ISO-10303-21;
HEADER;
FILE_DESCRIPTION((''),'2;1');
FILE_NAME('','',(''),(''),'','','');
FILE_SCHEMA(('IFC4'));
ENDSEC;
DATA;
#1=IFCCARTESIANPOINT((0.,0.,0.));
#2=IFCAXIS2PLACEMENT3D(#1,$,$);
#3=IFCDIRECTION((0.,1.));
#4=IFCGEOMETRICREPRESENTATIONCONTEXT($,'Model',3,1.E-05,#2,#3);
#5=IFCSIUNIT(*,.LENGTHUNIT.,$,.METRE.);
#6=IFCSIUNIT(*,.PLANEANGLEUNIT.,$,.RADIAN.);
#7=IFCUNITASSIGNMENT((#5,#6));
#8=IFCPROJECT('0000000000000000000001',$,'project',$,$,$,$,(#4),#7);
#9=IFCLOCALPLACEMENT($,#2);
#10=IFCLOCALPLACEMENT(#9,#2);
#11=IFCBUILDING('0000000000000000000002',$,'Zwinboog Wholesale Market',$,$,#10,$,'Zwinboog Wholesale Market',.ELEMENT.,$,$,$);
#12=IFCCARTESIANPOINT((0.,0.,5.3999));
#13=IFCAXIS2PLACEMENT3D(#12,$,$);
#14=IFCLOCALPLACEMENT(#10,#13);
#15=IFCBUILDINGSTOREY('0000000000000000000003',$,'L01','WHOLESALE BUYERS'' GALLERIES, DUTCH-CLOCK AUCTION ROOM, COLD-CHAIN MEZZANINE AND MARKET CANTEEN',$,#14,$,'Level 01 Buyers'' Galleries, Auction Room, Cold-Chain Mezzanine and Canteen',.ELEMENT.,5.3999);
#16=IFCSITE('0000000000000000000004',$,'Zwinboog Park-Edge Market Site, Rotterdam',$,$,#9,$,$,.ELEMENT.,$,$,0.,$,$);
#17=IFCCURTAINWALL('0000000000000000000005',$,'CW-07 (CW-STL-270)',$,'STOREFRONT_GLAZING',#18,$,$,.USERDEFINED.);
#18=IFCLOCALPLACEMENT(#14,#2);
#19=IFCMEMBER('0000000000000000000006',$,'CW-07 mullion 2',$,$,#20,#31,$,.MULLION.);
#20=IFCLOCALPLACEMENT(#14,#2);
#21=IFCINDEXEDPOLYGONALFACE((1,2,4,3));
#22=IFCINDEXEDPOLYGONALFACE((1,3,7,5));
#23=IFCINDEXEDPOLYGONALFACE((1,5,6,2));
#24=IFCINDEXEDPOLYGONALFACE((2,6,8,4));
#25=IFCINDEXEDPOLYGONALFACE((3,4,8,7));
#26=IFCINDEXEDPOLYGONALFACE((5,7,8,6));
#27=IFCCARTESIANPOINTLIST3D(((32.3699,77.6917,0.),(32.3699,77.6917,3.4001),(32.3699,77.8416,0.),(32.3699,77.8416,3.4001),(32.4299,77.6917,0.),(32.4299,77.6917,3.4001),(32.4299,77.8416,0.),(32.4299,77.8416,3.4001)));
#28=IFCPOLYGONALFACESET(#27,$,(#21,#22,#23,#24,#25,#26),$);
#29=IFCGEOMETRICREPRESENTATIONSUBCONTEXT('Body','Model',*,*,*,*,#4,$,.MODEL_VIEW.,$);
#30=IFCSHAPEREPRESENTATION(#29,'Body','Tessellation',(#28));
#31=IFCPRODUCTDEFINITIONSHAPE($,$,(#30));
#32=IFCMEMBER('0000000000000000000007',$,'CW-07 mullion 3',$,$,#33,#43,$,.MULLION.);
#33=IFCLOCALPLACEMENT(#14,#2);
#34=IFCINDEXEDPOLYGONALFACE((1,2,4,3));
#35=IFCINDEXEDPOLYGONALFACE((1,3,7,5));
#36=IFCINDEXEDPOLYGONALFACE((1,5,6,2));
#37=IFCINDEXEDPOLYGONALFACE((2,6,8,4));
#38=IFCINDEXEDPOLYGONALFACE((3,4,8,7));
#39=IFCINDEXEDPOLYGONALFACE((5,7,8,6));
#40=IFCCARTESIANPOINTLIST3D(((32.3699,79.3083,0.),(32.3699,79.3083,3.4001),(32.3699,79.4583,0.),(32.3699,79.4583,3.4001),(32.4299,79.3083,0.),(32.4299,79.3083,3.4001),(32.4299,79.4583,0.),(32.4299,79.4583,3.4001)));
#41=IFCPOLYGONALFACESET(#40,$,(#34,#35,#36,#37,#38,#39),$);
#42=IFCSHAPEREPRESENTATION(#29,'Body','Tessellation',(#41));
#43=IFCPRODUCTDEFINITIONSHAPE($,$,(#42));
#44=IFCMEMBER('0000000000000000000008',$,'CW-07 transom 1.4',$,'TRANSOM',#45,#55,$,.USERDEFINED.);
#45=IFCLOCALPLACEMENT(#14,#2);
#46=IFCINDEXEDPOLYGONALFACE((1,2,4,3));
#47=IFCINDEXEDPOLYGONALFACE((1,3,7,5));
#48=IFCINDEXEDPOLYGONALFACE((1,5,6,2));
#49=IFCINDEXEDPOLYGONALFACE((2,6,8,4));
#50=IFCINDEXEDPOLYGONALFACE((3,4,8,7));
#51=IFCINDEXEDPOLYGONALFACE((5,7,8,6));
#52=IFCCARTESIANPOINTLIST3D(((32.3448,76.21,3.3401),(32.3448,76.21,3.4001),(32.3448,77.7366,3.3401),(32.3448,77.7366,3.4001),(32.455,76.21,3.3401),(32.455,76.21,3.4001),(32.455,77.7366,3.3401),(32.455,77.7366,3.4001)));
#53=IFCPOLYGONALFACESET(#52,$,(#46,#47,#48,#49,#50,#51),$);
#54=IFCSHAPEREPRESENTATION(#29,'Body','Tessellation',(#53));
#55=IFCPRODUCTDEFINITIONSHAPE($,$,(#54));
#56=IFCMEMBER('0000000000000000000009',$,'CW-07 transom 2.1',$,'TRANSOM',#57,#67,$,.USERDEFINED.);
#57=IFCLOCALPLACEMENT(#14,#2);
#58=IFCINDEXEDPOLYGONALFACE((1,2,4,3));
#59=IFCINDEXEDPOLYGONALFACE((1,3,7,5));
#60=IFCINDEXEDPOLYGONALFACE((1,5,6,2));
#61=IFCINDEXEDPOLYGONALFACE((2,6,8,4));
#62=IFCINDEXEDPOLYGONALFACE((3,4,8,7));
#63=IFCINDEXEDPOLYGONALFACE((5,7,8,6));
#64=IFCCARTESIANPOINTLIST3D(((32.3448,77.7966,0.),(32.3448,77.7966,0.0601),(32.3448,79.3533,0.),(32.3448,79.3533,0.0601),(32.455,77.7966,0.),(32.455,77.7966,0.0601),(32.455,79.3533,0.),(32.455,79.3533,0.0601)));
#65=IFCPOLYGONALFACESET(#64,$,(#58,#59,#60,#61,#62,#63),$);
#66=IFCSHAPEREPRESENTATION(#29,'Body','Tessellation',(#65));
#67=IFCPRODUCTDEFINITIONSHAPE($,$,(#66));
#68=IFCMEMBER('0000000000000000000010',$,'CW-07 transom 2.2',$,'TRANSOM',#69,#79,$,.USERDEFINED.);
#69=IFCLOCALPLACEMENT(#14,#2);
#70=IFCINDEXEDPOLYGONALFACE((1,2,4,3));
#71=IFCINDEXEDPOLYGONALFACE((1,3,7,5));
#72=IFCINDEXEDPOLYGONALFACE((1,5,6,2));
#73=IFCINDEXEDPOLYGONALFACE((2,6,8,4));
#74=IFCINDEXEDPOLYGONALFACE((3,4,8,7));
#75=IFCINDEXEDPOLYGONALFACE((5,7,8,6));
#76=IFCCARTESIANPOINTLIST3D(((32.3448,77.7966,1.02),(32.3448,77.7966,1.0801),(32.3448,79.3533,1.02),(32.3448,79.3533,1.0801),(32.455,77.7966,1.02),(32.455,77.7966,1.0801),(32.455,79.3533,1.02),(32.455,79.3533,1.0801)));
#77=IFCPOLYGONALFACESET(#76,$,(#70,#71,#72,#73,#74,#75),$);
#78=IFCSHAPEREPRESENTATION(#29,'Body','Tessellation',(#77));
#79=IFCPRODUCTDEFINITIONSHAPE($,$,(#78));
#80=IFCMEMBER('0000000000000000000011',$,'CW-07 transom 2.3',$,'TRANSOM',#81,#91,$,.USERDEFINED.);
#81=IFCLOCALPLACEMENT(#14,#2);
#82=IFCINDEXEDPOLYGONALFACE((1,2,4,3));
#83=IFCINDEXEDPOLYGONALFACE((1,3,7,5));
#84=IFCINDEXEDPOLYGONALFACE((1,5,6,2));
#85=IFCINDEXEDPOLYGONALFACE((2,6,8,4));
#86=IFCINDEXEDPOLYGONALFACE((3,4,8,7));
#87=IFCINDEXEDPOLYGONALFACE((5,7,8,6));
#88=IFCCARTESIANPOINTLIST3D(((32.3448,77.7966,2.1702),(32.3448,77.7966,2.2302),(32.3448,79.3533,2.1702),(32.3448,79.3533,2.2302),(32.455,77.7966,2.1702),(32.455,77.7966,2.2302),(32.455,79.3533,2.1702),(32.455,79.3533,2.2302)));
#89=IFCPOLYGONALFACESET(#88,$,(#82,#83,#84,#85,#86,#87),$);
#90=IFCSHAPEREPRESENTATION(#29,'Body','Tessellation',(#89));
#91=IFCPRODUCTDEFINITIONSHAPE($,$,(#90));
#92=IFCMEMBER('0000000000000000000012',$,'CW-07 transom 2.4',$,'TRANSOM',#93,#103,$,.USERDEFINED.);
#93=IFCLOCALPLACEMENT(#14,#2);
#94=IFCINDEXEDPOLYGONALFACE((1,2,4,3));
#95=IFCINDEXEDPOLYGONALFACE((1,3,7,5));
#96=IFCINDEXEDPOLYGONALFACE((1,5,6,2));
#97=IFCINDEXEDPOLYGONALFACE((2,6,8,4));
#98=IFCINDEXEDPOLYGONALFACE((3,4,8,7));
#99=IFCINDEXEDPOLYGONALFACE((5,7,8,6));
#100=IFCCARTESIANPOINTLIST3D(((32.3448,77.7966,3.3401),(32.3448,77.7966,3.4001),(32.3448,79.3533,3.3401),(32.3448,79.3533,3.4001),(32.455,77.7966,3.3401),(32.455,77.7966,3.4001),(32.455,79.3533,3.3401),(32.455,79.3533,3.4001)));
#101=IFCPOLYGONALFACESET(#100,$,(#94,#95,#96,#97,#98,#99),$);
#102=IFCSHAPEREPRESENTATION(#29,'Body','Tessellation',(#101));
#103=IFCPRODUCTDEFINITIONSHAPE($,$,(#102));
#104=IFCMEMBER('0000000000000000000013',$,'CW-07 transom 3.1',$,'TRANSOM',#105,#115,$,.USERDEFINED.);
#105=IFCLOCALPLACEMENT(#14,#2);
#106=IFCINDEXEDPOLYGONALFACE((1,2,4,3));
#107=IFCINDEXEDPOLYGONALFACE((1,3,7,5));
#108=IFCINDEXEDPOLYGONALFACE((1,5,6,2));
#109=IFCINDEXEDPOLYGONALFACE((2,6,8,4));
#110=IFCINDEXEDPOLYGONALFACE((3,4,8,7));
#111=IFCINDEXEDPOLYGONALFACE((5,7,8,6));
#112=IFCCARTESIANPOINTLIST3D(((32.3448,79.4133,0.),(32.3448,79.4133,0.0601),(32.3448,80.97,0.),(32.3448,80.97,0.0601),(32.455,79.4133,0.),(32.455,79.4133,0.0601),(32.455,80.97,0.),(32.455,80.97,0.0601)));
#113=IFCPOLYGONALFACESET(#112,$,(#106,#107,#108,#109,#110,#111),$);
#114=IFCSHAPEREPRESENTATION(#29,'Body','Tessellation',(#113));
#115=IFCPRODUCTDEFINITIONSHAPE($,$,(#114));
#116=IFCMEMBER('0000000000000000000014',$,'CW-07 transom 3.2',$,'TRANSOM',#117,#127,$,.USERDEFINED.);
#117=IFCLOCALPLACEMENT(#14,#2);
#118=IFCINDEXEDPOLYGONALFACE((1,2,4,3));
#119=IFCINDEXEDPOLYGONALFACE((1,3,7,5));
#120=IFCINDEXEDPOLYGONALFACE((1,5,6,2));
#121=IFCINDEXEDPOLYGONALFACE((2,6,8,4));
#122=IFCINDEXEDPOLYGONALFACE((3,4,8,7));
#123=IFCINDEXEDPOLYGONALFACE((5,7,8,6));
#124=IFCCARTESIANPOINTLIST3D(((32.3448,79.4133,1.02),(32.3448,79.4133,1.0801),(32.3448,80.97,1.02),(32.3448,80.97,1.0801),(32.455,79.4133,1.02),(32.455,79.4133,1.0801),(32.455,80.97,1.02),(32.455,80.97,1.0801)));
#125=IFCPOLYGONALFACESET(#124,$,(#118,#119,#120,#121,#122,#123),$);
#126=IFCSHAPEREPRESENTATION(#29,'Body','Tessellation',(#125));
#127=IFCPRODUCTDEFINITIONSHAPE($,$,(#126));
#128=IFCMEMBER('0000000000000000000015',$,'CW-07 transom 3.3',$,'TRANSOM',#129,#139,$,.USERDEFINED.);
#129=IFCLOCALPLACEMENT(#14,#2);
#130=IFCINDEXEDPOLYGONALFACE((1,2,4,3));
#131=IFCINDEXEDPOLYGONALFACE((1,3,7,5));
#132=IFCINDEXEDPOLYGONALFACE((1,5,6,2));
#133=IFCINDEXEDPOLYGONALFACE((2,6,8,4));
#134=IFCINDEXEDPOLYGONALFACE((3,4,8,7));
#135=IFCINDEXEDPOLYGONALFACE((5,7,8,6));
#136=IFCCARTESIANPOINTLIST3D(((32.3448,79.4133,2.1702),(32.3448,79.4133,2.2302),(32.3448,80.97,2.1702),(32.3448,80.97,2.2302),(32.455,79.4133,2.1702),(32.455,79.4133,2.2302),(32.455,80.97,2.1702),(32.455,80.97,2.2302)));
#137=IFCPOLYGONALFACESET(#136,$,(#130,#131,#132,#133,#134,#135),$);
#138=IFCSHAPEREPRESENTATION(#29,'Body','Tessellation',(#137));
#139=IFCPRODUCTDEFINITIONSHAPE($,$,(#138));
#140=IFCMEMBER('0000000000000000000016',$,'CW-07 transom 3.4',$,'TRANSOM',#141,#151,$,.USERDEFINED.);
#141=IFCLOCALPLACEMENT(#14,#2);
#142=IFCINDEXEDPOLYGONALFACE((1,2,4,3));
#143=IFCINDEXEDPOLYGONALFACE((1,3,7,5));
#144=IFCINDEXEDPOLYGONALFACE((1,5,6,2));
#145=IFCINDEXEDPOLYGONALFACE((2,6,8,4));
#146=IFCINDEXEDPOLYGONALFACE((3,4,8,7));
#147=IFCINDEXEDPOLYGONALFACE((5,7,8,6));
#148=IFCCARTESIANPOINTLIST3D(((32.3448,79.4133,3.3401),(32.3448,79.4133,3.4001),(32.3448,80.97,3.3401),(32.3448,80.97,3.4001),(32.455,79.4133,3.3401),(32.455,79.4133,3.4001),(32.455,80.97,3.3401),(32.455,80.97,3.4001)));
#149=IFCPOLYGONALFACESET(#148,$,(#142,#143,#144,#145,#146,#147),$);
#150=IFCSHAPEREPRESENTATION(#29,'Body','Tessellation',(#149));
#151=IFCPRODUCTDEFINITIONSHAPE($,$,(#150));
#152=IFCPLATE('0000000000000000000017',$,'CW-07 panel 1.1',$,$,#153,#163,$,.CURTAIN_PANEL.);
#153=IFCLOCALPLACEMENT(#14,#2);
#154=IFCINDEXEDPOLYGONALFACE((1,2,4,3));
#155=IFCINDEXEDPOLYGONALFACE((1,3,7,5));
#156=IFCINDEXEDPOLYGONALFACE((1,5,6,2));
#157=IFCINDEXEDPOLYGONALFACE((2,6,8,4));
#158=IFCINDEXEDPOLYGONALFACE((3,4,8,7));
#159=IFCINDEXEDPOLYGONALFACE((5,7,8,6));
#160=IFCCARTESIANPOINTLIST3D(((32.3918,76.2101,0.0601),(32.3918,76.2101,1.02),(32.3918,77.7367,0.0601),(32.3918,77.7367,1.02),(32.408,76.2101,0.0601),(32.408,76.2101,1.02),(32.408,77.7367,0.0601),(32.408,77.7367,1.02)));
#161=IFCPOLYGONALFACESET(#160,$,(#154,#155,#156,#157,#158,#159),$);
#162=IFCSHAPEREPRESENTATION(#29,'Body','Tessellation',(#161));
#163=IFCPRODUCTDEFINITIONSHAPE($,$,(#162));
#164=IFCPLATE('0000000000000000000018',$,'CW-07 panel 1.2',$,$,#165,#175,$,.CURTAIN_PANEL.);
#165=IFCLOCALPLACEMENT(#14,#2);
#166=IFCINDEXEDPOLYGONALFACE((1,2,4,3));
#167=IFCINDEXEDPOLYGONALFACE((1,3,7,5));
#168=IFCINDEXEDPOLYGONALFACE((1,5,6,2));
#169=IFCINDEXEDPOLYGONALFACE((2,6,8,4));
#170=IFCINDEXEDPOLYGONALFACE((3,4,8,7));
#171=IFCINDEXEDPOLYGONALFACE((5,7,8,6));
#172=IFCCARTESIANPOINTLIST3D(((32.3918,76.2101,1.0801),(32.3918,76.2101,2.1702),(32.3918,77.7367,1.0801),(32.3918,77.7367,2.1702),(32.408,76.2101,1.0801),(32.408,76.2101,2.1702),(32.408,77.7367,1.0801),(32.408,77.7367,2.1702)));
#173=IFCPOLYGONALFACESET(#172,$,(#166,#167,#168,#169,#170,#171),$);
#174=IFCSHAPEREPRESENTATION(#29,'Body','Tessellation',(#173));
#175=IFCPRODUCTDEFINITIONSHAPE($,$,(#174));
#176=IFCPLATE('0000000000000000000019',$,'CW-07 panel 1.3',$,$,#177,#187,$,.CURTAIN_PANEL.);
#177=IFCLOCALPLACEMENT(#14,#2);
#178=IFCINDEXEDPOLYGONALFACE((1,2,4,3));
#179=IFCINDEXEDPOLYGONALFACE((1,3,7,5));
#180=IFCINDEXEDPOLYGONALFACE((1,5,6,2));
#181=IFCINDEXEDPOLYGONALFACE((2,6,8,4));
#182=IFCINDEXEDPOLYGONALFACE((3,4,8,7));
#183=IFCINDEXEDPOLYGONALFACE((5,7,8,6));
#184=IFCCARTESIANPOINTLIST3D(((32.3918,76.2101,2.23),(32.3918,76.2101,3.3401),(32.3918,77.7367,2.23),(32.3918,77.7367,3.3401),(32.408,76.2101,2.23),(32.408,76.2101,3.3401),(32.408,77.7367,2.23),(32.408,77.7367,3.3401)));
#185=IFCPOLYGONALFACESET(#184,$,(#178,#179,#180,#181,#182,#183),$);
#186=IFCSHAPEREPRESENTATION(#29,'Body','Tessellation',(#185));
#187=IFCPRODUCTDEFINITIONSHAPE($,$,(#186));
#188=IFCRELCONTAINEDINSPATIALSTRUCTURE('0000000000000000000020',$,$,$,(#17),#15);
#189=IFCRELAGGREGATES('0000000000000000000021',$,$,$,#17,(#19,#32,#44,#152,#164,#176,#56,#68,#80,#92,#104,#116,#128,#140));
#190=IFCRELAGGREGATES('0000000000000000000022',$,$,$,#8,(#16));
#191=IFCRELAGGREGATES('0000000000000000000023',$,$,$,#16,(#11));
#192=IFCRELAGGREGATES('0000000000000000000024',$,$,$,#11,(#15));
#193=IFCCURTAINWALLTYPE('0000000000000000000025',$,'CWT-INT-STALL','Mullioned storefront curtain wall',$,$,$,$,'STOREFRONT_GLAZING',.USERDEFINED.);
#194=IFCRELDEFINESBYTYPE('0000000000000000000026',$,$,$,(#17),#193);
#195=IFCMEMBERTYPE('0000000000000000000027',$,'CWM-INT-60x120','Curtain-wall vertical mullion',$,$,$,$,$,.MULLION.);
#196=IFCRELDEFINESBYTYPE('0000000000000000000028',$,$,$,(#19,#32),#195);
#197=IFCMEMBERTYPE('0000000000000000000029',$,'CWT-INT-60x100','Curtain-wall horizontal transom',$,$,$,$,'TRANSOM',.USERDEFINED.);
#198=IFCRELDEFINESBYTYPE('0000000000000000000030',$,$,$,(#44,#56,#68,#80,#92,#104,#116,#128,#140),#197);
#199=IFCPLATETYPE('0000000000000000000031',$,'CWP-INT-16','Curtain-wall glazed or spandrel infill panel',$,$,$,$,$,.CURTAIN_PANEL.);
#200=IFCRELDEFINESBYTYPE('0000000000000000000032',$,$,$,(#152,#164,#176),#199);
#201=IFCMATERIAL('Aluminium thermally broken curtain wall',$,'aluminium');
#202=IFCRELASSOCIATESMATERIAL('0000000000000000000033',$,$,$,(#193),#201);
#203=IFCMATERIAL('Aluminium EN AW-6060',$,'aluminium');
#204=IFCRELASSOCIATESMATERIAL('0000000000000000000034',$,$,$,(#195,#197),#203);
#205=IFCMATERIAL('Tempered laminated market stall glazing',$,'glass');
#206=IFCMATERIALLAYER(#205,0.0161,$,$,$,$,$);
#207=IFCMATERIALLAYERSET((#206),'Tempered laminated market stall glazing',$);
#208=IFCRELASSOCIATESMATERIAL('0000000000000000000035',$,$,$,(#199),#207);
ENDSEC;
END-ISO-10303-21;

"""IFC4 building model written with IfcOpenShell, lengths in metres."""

from ifc_helpers import new_model, si_unit, direction, frame, origin, origin_2d, place, context, subcontext, project, spatial, rectangle, extrude, material, layer, layer_set, material_profile, profile_set, type_object, element, aggregate, save


model = new_model("IFC4")

# Units and contexts
model_context = context("Model", 3, precision=1e-05, world=origin(), true_north=direction((0.0, 1.0)))
body_context = subcontext(model_context, "Body", "Model", "MODEL_VIEW")
ifc_project = project(units=[si_unit("LENGTHUNIT", "METRE"), si_unit("PLANEANGLEUNIT", "RADIAN")], contexts=[model_context])

# Site, building, storey
site_placement = place(None, origin())
site = spatial("IfcSite", under=ifc_project, at=site_placement, Name="Zwinboog Park-Edge Market Site, Rotterdam", CompositionType="ELEMENT", RefElevation=0.0)
building_placement = place(site_placement, origin())
building = spatial("IfcBuilding", under=site, at=building_placement, Name="Zwinboog Wholesale Market", LongName="Zwinboog Wholesale Market", CompositionType="ELEMENT")
storey_placement = place(building_placement, frame((0.0, 0.0, 5.3999)))
storey = spatial("IfcBuildingStorey", under=building, at=storey_placement, Name="L01", Description="WHOLESALE BUYERS' GALLERIES, DUTCH-CLOCK AUCTION ROOM, COLD-CHAIN MEZZANINE AND MARKET CANTEEN", LongName="Level 01 Buyers' Galleries, Auction Room, Cold-Chain Mezzanine and Canteen", CompositionType="ELEMENT", Elevation=5.3999)

# Curtain wall, members, plates
ifc_material_1 = material(Name="Aluminium thermally broken curtain wall", Category="aluminium")
curtain_wall_type = type_object("IfcCurtainWallType", Name="CWT-INT-STALL", Description="Mullioned storefront curtain wall", ElementType="STOREFRONT_GLAZING", PredefinedType="USERDEFINED", material=ifc_material_1)
curtain_wall_placement = place(storey_placement, origin())
curtain_wall = element("IfcCurtainWall", 1, at=curtain_wall_placement, inside=storey, type_object=curtain_wall_type, Name="CW-07 (CW-STL-270)", ObjectType="STOREFRONT_GLAZING", PredefinedType="USERDEFINED")
ifc_material_2 = material(Name="Aluminium EN AW-6060", Category="aluminium")
ifc_material_profile_1 = material_profile(ifc_material_2, rectangle(XDim=0.0601, YDim=0.1499, at=origin_2d()), Name="AL 60x150")
ifc_profile_set_1 = profile_set([ifc_material_profile_1], Name="Aluminium EN AW-6060")
member_type_1 = type_object("IfcMemberType", Name="CWM-INT-60x120", Description="Curtain-wall vertical mullion", PredefinedType="MULLION", material=ifc_profile_set_1)
member_1_placement = place(storey_placement, frame((32.3999, 77.7666, 0.0), z_axis=(0.0, 0.0, 1.0), x_axis=(-1.0, 0.0, 0.0)))
member_1 = element("IfcMember", 2, at=member_1_placement, type_object=member_type_1, Name="CW-07 mullion 2", PredefinedType="MULLION", context=body_context, shape_type="SweptSolid", body=[
    extrude(rectangle(XDim=0.0601, YDim=0.1499, at=origin_2d()), origin(), (0.0, 0.0, 1.0), 3.4001),
])
member_2_placement = place(storey_placement, frame((32.3999, 79.3833, 0.0), z_axis=(0.0, 0.0, 1.0), x_axis=(-1.0, 0.0, 0.0)))
member_2 = element("IfcMember", 3, at=member_2_placement, type_object=member_type_1, Name="CW-07 mullion 3", PredefinedType="MULLION", context=body_context, shape_type="SweptSolid", body=[
    extrude(rectangle(XDim=0.0601, YDim=0.1499, at=origin_2d()), origin(), (0.0, 0.0, 1.0), 3.4001),
])
ifc_material_profile_2 = material_profile(ifc_material_2, rectangle(XDim=0.1101, YDim=0.0601, at=origin_2d()), Name="AL 60x110")
ifc_profile_set_2 = profile_set([ifc_material_profile_2], Name="Aluminium EN AW-6060")
member_type_2 = type_object("IfcMemberType", Name="CWT-INT-60x100", Description="Curtain-wall horizontal transom", ElementType="TRANSOM", PredefinedType="USERDEFINED", material=ifc_profile_set_2)
member_3_placement = place(storey_placement, frame((32.3999, 76.21, 3.3701), z_axis=(0.0, 1.0, 0.0), x_axis=(-1.0, 0.0, 0.0)))
member_3 = element("IfcMember", 4, at=member_3_placement, type_object=member_type_2, Name="CW-07 transom 1.4", ObjectType="TRANSOM", PredefinedType="USERDEFINED", context=body_context, shape_type="SweptSolid", body=[
    extrude(rectangle(XDim=0.1101, YDim=0.0601, at=origin_2d()), origin(), (0.0, 0.0, 1.0), 1.5266),
])
member_4_placement = place(storey_placement, frame((32.3999, 77.7966, 0.03), z_axis=(0.0, 1.0, 0.0), x_axis=(-1.0, 0.0, 0.0)))
member_4 = element("IfcMember", 5, at=member_4_placement, type_object=member_type_2, Name="CW-07 transom 2.1", ObjectType="TRANSOM", PredefinedType="USERDEFINED", context=body_context, shape_type="SweptSolid", body=[
    extrude(rectangle(XDim=0.1101, YDim=0.0601, at=origin_2d()), origin(), (0.0, 0.0, 1.0), 1.5566),
])
member_5_placement = place(storey_placement, frame((32.3999, 77.7966, 1.05), z_axis=(0.0, 1.0, 0.0), x_axis=(-1.0, 0.0, 0.0)))
member_5 = element("IfcMember", 6, at=member_5_placement, type_object=member_type_2, Name="CW-07 transom 2.2", ObjectType="TRANSOM", PredefinedType="USERDEFINED", context=body_context, shape_type="SweptSolid", body=[
    extrude(rectangle(XDim=0.1101, YDim=0.0601, at=origin_2d()), origin(), (0.0, 0.0, 1.0), 1.5566),
])
member_6_placement = place(storey_placement, frame((32.3999, 77.7966, 2.2002), z_axis=(0.0, 1.0, 0.0), x_axis=(-1.0, 0.0, 0.0)))
member_6 = element("IfcMember", 7, at=member_6_placement, type_object=member_type_2, Name="CW-07 transom 2.3", ObjectType="TRANSOM", PredefinedType="USERDEFINED", context=body_context, shape_type="SweptSolid", body=[
    extrude(rectangle(XDim=0.1101, YDim=0.0601, at=origin_2d()), origin(), (0.0, 0.0, 1.0), 1.5566),
])
member_7_placement = place(storey_placement, frame((32.3999, 77.7966, 3.3701), z_axis=(0.0, 1.0, 0.0), x_axis=(-1.0, 0.0, 0.0)))
member_7 = element("IfcMember", 8, at=member_7_placement, type_object=member_type_2, Name="CW-07 transom 2.4", ObjectType="TRANSOM", PredefinedType="USERDEFINED", context=body_context, shape_type="SweptSolid", body=[
    extrude(rectangle(XDim=0.1101, YDim=0.0601, at=origin_2d()), origin(), (0.0, 0.0, 1.0), 1.5566),
])
member_8_placement = place(storey_placement, frame((32.3999, 79.4133, 0.03), z_axis=(0.0, 1.0, 0.0), x_axis=(-1.0, 0.0, 0.0)))
member_8 = element("IfcMember", 9, at=member_8_placement, type_object=member_type_2, Name="CW-07 transom 3.1", ObjectType="TRANSOM", PredefinedType="USERDEFINED", context=body_context, shape_type="SweptSolid", body=[
    extrude(rectangle(XDim=0.1101, YDim=0.0601, at=origin_2d()), origin(), (0.0, 0.0, 1.0), 1.5566),
])
member_9_placement = place(storey_placement, frame((32.3999, 79.4133, 1.05), z_axis=(0.0, 1.0, 0.0), x_axis=(-1.0, 0.0, 0.0)))
member_9 = element("IfcMember", 10, at=member_9_placement, type_object=member_type_2, Name="CW-07 transom 3.2", ObjectType="TRANSOM", PredefinedType="USERDEFINED", context=body_context, shape_type="SweptSolid", body=[
    extrude(rectangle(XDim=0.1101, YDim=0.0601, at=origin_2d()), origin(), (0.0, 0.0, 1.0), 1.5566),
])
member_10_placement = place(storey_placement, frame((32.3999, 79.4133, 2.2002), z_axis=(0.0, 1.0, 0.0), x_axis=(-1.0, 0.0, 0.0)))
member_10 = element("IfcMember", 11, at=member_10_placement, type_object=member_type_2, Name="CW-07 transom 3.3", ObjectType="TRANSOM", PredefinedType="USERDEFINED", context=body_context, shape_type="SweptSolid", body=[
    extrude(rectangle(XDim=0.1101, YDim=0.0601, at=origin_2d()), origin(), (0.0, 0.0, 1.0), 1.5566),
])
member_11_placement = place(storey_placement, frame((32.3999, 79.4133, 3.3701), z_axis=(0.0, 1.0, 0.0), x_axis=(-1.0, 0.0, 0.0)))
member_11 = element("IfcMember", 12, at=member_11_placement, type_object=member_type_2, Name="CW-07 transom 3.4", ObjectType="TRANSOM", PredefinedType="USERDEFINED", context=body_context, shape_type="SweptSolid", body=[
    extrude(rectangle(XDim=0.1101, YDim=0.0601, at=origin_2d()), origin(), (0.0, 0.0, 1.0), 1.5566),
])
ifc_material_3 = material(Name="Tempered laminated market stall glazing", Category="glass")
ifc_layer = layer(ifc_material_3, 0.0161)
ifc_layer_set = layer_set([ifc_layer], Name="Tempered laminated market stall glazing")
plate_type = type_object("IfcPlateType", Name="CWP-INT-16", Description="Curtain-wall glazed or spandrel infill panel", PredefinedType="CURTAIN_PANEL", material=ifc_layer_set)
plate_1_placement = place(storey_placement, frame((32.3999, 76.9734, 0.0601), z_axis=(0.0, 0.0, 1.0), x_axis=(0.0, 1.0, 0.0)))
plate_1 = element("IfcPlate", 13, at=plate_1_placement, type_object=plate_type, Name="CW-07 panel 1.1", PredefinedType="CURTAIN_PANEL", context=body_context, shape_type="SweptSolid", body=[
    extrude(rectangle(XDim=1.5266, YDim=0.0161, at=origin_2d()), origin(), (0.0, 0.0, 1.0), 0.96),
])
plate_2_placement = place(storey_placement, frame((32.3999, 76.9734, 1.0801), z_axis=(0.0, 0.0, 1.0), x_axis=(0.0, 1.0, 0.0)))
plate_2 = element("IfcPlate", 14, at=plate_2_placement, type_object=plate_type, Name="CW-07 panel 1.2", PredefinedType="CURTAIN_PANEL", context=body_context, shape_type="SweptSolid", body=[
    extrude(rectangle(XDim=1.5266, YDim=0.0161, at=origin_2d()), origin(), (0.0, 0.0, 1.0), 1.0901),
])
plate_3_placement = place(storey_placement, frame((32.3999, 76.9734, 2.23), z_axis=(0.0, 0.0, 1.0), x_axis=(0.0, 1.0, 0.0)))
plate_3 = element("IfcPlate", 15, at=plate_3_placement, type_object=plate_type, Name="CW-07 panel 1.3", PredefinedType="CURTAIN_PANEL", context=body_context, shape_type="SweptSolid", body=[
    extrude(rectangle(XDim=1.5266, YDim=0.0161, at=origin_2d()), origin(), (0.0, 0.0, 1.0), 1.1101),
])
aggregate(curtain_wall, [member_1, member_2, member_3, plate_1, plate_2, plate_3, member_4, member_5, member_6, member_7, member_8, member_9, member_10, member_11])

save(model, "model.ifc")
